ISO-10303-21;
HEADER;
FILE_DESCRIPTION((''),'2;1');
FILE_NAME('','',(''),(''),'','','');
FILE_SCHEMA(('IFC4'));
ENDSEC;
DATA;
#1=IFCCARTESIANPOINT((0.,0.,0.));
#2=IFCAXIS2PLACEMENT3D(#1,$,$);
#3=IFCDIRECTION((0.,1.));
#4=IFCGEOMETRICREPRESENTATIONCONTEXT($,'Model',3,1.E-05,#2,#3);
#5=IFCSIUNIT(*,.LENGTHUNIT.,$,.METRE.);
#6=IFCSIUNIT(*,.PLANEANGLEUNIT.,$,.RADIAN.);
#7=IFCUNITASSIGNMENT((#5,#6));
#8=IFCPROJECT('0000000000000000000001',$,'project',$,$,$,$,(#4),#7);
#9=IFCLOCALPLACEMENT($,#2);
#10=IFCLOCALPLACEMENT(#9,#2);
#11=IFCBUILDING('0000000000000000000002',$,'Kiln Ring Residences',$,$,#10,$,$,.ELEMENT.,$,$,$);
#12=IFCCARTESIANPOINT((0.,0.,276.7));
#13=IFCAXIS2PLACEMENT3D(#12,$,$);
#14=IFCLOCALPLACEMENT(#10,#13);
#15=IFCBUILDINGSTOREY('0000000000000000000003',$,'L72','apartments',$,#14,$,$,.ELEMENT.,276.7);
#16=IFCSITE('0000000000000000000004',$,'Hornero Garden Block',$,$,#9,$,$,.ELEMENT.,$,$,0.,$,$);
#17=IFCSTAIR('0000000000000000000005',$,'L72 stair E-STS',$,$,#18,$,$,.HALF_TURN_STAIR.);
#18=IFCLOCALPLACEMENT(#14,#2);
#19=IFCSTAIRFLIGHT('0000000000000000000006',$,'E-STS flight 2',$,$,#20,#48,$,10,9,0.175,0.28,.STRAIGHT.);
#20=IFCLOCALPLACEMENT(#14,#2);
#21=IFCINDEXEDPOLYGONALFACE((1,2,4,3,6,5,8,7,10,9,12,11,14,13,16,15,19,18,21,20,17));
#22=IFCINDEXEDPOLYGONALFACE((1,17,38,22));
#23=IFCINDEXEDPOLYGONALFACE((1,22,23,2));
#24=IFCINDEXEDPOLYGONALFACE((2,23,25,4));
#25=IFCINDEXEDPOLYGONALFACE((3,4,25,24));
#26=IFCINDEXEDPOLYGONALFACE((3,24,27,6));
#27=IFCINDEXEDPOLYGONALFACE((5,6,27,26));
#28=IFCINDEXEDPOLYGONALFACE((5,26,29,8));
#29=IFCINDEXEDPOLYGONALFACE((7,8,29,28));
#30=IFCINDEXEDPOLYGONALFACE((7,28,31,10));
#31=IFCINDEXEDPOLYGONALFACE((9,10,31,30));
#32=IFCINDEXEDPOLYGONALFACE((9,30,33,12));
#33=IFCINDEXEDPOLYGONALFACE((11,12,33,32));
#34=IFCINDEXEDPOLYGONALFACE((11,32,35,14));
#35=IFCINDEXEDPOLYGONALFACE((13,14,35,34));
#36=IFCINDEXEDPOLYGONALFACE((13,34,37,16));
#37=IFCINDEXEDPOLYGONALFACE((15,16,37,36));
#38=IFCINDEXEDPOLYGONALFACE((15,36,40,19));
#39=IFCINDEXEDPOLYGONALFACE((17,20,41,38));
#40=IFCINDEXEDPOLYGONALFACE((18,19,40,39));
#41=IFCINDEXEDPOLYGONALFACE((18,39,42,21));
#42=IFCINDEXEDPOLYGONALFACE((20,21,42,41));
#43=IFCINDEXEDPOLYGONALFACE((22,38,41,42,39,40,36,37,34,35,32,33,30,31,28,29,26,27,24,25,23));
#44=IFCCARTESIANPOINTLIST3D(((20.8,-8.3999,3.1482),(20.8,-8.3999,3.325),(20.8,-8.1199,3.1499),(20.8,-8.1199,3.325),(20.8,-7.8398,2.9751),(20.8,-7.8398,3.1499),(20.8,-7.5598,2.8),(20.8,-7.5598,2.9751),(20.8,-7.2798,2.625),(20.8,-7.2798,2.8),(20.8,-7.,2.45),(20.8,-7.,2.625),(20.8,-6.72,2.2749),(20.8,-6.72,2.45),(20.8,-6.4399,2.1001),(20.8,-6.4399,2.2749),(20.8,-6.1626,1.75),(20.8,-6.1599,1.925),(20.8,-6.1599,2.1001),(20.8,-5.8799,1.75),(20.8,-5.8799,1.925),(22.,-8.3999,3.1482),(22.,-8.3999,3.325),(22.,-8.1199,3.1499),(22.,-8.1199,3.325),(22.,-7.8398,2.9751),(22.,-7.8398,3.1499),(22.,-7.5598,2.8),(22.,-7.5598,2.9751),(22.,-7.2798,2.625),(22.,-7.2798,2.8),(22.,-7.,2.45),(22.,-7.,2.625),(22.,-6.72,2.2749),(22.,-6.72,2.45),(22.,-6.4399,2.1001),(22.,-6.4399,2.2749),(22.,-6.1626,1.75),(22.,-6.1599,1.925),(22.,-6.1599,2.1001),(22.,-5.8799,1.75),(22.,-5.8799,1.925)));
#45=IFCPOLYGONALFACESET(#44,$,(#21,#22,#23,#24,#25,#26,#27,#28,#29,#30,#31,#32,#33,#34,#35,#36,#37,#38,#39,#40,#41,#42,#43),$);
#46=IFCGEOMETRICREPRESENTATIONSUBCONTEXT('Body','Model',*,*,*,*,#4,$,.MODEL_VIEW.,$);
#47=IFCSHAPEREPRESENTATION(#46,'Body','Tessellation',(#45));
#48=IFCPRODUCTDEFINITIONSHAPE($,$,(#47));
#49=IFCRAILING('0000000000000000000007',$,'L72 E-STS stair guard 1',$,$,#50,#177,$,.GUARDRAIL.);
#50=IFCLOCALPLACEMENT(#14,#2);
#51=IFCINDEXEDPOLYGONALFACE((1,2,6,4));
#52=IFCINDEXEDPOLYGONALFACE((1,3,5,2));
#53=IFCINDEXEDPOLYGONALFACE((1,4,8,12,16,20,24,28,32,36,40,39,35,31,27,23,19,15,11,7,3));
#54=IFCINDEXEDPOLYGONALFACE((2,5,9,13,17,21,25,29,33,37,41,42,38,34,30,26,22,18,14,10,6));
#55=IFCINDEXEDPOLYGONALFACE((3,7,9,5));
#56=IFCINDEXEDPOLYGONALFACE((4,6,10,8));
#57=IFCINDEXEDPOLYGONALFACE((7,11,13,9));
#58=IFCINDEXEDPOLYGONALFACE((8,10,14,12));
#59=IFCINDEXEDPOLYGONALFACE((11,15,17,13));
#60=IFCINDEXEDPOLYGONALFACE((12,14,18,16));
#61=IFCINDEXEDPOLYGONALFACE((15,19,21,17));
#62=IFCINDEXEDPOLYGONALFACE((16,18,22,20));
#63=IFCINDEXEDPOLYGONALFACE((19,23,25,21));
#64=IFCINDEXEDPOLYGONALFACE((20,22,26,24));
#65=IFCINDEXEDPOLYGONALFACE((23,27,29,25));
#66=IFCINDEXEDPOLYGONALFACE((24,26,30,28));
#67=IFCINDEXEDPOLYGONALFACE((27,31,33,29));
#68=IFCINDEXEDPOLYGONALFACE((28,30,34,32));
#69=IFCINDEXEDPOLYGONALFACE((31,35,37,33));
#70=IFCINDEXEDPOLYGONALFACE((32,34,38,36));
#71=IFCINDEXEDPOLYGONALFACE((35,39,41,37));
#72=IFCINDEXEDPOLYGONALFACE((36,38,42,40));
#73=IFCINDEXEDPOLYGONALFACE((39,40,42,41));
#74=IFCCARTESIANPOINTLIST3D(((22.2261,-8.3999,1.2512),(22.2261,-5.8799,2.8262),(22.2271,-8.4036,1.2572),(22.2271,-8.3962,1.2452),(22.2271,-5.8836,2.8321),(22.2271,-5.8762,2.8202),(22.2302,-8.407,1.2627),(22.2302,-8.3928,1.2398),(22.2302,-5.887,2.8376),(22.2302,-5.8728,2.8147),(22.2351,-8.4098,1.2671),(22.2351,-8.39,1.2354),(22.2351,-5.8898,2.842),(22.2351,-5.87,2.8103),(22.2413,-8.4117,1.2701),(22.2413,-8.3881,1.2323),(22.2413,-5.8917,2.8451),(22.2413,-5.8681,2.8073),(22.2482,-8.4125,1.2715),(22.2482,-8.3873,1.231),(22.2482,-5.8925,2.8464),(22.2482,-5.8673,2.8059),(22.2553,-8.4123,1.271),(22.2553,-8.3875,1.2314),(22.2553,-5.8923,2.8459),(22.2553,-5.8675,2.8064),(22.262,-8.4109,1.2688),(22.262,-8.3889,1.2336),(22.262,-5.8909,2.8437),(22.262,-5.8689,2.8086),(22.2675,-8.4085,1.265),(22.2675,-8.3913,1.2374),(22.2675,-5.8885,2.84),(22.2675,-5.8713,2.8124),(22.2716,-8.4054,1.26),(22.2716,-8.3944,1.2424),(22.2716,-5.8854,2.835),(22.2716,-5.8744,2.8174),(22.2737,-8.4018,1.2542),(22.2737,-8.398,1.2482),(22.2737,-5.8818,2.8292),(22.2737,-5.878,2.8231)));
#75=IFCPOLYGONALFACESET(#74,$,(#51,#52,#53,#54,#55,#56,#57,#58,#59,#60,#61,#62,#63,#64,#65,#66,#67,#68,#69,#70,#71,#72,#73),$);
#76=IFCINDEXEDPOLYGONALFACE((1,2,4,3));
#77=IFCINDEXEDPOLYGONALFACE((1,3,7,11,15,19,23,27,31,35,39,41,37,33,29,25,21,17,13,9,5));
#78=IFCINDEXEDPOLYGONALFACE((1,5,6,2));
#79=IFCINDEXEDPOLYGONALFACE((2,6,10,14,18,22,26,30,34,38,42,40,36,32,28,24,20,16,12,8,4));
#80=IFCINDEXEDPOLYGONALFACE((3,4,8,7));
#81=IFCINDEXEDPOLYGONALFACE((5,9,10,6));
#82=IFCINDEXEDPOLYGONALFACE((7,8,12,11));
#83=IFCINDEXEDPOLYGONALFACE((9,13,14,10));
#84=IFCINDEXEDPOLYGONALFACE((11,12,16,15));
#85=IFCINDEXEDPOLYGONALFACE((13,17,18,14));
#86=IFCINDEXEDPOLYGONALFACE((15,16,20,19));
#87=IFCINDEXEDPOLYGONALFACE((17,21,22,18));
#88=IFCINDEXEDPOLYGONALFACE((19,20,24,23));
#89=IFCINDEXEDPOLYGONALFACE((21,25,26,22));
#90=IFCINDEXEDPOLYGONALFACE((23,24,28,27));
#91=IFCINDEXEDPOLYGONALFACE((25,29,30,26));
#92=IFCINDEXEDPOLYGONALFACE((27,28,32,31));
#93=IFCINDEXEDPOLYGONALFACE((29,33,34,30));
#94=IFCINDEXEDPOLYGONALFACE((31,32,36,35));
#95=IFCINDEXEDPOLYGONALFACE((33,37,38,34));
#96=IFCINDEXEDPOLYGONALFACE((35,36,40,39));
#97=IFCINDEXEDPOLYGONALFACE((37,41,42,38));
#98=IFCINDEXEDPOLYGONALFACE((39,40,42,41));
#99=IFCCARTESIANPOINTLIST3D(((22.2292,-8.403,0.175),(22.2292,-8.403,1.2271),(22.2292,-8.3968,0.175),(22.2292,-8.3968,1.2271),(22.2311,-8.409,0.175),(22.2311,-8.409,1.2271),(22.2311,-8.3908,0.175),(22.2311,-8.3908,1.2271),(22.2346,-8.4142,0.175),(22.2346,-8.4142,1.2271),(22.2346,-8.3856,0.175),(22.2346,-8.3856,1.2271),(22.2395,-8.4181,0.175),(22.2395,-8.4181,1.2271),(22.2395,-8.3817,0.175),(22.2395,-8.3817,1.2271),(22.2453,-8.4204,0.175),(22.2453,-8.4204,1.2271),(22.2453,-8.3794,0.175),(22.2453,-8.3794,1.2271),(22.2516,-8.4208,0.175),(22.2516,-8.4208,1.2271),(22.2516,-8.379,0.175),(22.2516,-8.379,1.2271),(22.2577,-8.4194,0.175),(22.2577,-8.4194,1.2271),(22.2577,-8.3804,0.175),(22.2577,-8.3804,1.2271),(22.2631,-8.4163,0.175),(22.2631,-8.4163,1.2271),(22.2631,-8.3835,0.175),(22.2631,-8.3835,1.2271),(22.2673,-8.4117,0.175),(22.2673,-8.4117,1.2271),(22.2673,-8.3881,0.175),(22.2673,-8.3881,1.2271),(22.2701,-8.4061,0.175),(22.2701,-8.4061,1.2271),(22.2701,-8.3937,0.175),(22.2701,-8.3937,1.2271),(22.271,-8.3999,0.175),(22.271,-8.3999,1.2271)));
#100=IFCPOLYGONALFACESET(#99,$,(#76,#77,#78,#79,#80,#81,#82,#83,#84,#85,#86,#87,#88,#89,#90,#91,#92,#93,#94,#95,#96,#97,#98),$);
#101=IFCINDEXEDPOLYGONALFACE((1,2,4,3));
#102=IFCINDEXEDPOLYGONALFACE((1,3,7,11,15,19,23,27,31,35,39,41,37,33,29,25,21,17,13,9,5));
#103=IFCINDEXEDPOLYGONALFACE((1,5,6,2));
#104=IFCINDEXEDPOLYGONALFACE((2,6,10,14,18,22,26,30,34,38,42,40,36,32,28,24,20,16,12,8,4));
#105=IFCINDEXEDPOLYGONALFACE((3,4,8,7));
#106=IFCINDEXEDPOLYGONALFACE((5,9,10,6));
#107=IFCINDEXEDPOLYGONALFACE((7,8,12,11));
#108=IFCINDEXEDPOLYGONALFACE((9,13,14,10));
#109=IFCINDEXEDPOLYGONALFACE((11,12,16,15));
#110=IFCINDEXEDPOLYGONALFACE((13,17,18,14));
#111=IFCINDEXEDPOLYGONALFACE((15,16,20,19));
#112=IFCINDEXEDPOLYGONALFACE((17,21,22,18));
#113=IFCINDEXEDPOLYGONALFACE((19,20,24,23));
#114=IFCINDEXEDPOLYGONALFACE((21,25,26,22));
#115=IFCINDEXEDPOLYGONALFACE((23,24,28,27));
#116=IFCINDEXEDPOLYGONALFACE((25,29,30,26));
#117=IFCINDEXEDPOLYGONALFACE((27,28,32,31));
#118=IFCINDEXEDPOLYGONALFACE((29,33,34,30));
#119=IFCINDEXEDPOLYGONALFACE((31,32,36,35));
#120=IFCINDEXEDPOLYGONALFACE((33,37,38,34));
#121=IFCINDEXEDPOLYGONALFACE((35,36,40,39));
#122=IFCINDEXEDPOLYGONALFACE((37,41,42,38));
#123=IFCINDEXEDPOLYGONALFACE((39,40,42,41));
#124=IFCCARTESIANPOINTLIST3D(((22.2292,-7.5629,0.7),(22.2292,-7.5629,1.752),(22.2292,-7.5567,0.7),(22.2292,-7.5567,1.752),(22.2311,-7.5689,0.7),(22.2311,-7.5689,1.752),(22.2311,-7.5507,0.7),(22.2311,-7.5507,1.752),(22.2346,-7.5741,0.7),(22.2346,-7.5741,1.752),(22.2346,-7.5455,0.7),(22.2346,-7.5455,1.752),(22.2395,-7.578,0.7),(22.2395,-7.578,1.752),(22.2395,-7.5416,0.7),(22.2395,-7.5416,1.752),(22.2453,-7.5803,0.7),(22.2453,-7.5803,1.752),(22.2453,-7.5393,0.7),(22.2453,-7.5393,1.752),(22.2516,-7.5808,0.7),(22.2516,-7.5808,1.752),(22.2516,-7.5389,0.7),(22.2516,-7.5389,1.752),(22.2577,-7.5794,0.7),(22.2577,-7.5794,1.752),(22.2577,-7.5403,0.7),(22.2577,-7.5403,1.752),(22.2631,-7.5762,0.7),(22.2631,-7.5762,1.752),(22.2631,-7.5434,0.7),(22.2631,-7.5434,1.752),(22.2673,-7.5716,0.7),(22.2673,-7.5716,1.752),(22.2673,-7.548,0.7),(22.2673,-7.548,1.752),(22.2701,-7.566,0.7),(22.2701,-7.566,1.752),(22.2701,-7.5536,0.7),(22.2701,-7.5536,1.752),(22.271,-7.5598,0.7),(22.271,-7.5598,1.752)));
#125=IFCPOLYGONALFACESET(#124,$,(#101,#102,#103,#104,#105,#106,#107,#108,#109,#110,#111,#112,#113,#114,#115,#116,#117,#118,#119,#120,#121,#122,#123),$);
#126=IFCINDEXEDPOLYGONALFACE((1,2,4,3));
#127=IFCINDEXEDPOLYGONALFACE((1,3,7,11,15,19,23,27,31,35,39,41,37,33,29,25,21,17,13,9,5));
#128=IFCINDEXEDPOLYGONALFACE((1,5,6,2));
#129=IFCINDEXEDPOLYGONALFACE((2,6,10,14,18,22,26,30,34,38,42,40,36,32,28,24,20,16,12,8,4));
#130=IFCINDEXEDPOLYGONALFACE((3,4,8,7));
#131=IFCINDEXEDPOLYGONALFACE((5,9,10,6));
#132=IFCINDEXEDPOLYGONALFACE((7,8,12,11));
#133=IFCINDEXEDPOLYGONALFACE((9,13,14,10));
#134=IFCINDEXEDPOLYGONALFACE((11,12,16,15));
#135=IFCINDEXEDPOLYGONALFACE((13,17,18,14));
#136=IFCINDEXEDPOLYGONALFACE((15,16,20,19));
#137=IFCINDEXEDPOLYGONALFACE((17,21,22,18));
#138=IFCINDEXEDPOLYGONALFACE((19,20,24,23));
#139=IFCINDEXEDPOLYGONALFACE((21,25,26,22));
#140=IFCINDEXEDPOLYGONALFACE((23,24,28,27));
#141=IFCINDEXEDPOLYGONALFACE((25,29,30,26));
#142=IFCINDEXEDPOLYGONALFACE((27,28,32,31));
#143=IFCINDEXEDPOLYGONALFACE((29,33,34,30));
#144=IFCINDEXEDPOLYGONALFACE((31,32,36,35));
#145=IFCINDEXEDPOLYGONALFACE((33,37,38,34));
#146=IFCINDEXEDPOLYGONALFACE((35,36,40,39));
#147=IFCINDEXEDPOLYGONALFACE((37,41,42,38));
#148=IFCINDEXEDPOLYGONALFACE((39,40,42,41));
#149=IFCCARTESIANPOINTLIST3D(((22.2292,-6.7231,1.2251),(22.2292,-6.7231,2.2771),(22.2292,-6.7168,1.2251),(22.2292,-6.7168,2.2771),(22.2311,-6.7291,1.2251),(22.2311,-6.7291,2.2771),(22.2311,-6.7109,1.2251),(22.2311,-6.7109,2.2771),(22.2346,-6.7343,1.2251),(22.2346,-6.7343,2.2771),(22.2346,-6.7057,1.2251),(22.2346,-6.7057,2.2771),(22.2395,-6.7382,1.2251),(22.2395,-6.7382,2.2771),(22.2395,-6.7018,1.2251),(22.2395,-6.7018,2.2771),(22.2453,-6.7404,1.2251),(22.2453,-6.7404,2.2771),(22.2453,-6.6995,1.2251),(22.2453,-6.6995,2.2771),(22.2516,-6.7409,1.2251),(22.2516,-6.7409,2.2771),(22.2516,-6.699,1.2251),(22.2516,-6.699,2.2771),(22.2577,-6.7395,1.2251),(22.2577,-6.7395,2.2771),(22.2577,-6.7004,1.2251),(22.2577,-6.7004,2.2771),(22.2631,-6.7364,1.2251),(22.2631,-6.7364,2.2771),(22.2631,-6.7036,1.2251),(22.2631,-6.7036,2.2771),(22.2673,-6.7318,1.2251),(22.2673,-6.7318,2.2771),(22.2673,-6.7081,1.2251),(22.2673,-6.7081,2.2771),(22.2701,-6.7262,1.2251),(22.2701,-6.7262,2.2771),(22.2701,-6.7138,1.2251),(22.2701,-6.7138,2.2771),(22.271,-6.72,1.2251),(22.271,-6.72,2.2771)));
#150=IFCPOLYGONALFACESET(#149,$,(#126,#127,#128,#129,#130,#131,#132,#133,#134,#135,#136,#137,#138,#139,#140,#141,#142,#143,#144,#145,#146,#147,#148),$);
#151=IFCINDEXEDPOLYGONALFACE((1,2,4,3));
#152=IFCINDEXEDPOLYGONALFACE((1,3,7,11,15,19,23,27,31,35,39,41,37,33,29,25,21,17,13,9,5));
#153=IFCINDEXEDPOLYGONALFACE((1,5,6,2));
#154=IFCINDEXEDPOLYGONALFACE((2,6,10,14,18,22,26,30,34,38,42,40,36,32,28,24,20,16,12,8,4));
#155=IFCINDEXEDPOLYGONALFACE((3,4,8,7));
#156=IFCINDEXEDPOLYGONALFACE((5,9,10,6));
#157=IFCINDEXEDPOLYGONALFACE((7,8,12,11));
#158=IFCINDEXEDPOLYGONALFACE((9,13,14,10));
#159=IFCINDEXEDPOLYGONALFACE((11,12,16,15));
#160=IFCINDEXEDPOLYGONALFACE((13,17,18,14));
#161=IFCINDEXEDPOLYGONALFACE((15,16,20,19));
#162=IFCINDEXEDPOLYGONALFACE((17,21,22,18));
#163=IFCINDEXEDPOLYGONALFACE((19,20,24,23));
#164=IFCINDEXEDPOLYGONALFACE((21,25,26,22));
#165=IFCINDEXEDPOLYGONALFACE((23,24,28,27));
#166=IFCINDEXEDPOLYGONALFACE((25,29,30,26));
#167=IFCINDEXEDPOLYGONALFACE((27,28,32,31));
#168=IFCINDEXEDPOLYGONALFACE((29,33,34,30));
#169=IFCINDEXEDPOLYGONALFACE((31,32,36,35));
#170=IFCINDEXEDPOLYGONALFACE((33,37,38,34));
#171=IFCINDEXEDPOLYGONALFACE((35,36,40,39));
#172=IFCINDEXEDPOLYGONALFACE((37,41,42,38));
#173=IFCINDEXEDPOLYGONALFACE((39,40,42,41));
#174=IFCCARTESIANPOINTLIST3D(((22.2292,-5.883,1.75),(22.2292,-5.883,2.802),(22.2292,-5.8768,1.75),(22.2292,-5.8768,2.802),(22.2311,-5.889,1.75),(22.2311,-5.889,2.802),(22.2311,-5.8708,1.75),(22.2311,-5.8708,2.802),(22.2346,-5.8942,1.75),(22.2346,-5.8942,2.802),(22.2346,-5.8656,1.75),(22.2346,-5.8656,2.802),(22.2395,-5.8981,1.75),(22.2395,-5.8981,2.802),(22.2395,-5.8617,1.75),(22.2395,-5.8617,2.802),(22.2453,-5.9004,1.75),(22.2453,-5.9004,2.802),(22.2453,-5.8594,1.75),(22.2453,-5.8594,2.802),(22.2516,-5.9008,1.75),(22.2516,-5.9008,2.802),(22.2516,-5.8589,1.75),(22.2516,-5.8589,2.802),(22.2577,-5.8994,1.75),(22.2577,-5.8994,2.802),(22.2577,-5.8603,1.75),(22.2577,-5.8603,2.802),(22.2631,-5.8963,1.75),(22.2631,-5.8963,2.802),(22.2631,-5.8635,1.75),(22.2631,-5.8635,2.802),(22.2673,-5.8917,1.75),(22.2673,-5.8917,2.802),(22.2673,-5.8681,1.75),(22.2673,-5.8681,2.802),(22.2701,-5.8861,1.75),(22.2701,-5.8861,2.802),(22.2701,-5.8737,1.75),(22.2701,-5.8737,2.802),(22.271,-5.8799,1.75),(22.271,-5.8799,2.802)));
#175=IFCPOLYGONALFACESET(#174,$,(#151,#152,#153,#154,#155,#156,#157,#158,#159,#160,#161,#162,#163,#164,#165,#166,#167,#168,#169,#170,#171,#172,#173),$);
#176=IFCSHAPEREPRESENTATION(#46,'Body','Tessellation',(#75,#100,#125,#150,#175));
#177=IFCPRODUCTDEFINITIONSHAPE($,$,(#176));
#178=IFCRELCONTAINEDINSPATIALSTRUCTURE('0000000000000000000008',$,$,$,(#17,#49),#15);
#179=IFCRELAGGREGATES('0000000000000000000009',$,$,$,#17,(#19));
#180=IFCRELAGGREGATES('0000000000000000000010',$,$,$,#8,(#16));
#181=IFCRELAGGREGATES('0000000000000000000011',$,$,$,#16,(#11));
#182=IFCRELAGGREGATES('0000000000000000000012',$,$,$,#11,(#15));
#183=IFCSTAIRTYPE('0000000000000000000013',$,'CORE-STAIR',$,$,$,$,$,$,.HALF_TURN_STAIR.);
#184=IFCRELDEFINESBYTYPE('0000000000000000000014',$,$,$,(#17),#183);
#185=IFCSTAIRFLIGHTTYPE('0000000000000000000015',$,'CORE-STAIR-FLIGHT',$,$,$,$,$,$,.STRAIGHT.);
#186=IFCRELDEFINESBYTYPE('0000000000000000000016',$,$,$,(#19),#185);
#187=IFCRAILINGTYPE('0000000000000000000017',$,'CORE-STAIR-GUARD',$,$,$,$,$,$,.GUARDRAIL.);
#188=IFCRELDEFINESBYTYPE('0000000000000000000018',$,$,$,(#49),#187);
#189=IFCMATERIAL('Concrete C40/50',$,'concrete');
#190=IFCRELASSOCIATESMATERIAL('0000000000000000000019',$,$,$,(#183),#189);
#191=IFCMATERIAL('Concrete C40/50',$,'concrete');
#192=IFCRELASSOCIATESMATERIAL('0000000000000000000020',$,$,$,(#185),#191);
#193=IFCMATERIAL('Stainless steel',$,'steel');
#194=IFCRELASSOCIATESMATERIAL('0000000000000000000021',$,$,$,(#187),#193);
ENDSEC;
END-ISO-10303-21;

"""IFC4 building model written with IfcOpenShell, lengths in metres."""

from ifc_helpers import new_model, si_unit, direction, frame, origin, origin_2d, place, context, subcontext, project, spatial, polyline, circle, outline, extrude, material, type_object, element, aggregate, save


model = new_model("IFC4")

# Units and contexts
model_context = context("Model", 3, precision=1e-05, world=origin(), true_north=direction((0.0, 1.0)))
body_context = subcontext(model_context, "Body", "Model", "MODEL_VIEW")
ifc_project = project(units=[si_unit("LENGTHUNIT", "METRE"), si_unit("PLANEANGLEUNIT", "RADIAN")], contexts=[model_context])

# Site, building, storey
site_placement = place(None, origin())
site = spatial("IfcSite", under=ifc_project, at=site_placement, Name="Hornero Garden Block", CompositionType="ELEMENT", RefElevation=0.0)
building_placement = place(site_placement, origin())
building = spatial("IfcBuilding", under=site, at=building_placement, Name="Kiln Ring Residences", CompositionType="ELEMENT")
storey_placement = place(building_placement, frame((0.0, 0.0, 276.7)))
storey = spatial("IfcBuildingStorey", under=building, at=storey_placement, Name="L72", Description="apartments", CompositionType="ELEMENT", Elevation=276.7)

# Stair, stair flight
ifc_material_1 = material(Name="Concrete C40/50", Category="concrete")
stair_type = type_object("IfcStairType", Name="CORE-STAIR", PredefinedType="HALF_TURN_STAIR", material=ifc_material_1)
stair_placement = place(storey_placement, origin())
stair = element("IfcStair", 1, at=stair_placement, inside=storey, type_object=stair_type, Name="L72 stair E-STS", PredefinedType="HALF_TURN_STAIR")
ifc_material_2 = material(Name="Concrete C40/50", Category="concrete")
stair_flight_type = type_object("IfcStairFlightType", Name="CORE-STAIR-FLIGHT", PredefinedType="STRAIGHT", material=ifc_material_2)
stair_flight_1_placement = place(storey_placement, frame((21.3999, -5.8799, 1.75), z_axis=(0.0, 0.0, 1.0), x_axis=(0.0, -1.0, 0.0)))
stair_flight_1 = element("IfcStairFlight", 2, at=stair_flight_1_placement, type_object=stair_flight_type, Name="E-STS flight 2", NumberOfRisers=10, NumberOfTreads=9, PredefinedType="STRAIGHT", RiserHeight=0.175, TreadLength=0.28, context=body_context, shape_type="SweptSolid", body=[
    extrude(outline(polyline([(0.0, 0.0), (0.0, 0.175), (0.28, 0.175), (0.28, 0.3501), (0.5601, 0.3501), (0.5601, 0.5249), (0.8401, 0.5249), (0.8401, 0.7), (1.1201, 0.7), (1.1201, 0.875), (1.3999, 0.875), (1.3999, 1.05), (1.6799, 1.05), (1.6799, 1.2251), (1.96, 1.2251), (1.96, 1.3999), (2.24, 1.3999), (2.24, 1.575), (2.52, 1.575), (2.52, 1.75), (2.52, 1.3982), (0.2827, 0.0), (0.0, 0.0)])), frame((0.0, 0.6001, 0.0), z_axis=(0.0, -1.0, 0.0), x_axis=(1.0, 0.0, 0.0)), (0.0, 0.0, 1.0), 1.2),
])
aggregate(stair, [stair_flight_1])

# Railing
ifc_material_3 = material(Name="Stainless steel", Category="steel")
railing_type_1 = type_object("IfcRailingType", Name="CORE-STAIR-GUARD", PredefinedType="GUARDRAIL", material=ifc_material_3)
railing_1_placement = place(storey_placement, frame((22.25, -8.3999, 0.175)))
element("IfcRailing", 3, at=railing_1_placement, inside=storey, type_object=railing_type_1, Name="L72 E-STS stair guard 1", PredefinedType="GUARDRAIL", context=body_context, shape_type="SweptSolid", body=[
    extrude(circle(Radius=0.0239, at=origin_2d()), frame((0.0, 0.0, 1.0762), z_axis=(0.0, 0.848008, 0.529984), x_axis=(-1.0, 0.0, 0.0)), (0.0, 0.0, 1.0), 2.9717),
    extrude(circle(Radius=0.021, at=origin_2d()), origin(), (0.0, 0.0, 1.0), 1.052),
    extrude(circle(Radius=0.021, at=origin_2d()), frame((0.0, 0.8401, 0.5249)), (0.0, 0.0, 1.0), 1.052),
    extrude(circle(Radius=0.021, at=origin_2d()), frame((0.0, 1.6799, 1.05)), (0.0, 0.0, 1.0), 1.052),
    extrude(circle(Radius=0.021, at=origin_2d()), frame((0.0, 2.52, 1.575)), (0.0, 0.0, 1.0), 1.052),
])

save(model, "model.ifc")
